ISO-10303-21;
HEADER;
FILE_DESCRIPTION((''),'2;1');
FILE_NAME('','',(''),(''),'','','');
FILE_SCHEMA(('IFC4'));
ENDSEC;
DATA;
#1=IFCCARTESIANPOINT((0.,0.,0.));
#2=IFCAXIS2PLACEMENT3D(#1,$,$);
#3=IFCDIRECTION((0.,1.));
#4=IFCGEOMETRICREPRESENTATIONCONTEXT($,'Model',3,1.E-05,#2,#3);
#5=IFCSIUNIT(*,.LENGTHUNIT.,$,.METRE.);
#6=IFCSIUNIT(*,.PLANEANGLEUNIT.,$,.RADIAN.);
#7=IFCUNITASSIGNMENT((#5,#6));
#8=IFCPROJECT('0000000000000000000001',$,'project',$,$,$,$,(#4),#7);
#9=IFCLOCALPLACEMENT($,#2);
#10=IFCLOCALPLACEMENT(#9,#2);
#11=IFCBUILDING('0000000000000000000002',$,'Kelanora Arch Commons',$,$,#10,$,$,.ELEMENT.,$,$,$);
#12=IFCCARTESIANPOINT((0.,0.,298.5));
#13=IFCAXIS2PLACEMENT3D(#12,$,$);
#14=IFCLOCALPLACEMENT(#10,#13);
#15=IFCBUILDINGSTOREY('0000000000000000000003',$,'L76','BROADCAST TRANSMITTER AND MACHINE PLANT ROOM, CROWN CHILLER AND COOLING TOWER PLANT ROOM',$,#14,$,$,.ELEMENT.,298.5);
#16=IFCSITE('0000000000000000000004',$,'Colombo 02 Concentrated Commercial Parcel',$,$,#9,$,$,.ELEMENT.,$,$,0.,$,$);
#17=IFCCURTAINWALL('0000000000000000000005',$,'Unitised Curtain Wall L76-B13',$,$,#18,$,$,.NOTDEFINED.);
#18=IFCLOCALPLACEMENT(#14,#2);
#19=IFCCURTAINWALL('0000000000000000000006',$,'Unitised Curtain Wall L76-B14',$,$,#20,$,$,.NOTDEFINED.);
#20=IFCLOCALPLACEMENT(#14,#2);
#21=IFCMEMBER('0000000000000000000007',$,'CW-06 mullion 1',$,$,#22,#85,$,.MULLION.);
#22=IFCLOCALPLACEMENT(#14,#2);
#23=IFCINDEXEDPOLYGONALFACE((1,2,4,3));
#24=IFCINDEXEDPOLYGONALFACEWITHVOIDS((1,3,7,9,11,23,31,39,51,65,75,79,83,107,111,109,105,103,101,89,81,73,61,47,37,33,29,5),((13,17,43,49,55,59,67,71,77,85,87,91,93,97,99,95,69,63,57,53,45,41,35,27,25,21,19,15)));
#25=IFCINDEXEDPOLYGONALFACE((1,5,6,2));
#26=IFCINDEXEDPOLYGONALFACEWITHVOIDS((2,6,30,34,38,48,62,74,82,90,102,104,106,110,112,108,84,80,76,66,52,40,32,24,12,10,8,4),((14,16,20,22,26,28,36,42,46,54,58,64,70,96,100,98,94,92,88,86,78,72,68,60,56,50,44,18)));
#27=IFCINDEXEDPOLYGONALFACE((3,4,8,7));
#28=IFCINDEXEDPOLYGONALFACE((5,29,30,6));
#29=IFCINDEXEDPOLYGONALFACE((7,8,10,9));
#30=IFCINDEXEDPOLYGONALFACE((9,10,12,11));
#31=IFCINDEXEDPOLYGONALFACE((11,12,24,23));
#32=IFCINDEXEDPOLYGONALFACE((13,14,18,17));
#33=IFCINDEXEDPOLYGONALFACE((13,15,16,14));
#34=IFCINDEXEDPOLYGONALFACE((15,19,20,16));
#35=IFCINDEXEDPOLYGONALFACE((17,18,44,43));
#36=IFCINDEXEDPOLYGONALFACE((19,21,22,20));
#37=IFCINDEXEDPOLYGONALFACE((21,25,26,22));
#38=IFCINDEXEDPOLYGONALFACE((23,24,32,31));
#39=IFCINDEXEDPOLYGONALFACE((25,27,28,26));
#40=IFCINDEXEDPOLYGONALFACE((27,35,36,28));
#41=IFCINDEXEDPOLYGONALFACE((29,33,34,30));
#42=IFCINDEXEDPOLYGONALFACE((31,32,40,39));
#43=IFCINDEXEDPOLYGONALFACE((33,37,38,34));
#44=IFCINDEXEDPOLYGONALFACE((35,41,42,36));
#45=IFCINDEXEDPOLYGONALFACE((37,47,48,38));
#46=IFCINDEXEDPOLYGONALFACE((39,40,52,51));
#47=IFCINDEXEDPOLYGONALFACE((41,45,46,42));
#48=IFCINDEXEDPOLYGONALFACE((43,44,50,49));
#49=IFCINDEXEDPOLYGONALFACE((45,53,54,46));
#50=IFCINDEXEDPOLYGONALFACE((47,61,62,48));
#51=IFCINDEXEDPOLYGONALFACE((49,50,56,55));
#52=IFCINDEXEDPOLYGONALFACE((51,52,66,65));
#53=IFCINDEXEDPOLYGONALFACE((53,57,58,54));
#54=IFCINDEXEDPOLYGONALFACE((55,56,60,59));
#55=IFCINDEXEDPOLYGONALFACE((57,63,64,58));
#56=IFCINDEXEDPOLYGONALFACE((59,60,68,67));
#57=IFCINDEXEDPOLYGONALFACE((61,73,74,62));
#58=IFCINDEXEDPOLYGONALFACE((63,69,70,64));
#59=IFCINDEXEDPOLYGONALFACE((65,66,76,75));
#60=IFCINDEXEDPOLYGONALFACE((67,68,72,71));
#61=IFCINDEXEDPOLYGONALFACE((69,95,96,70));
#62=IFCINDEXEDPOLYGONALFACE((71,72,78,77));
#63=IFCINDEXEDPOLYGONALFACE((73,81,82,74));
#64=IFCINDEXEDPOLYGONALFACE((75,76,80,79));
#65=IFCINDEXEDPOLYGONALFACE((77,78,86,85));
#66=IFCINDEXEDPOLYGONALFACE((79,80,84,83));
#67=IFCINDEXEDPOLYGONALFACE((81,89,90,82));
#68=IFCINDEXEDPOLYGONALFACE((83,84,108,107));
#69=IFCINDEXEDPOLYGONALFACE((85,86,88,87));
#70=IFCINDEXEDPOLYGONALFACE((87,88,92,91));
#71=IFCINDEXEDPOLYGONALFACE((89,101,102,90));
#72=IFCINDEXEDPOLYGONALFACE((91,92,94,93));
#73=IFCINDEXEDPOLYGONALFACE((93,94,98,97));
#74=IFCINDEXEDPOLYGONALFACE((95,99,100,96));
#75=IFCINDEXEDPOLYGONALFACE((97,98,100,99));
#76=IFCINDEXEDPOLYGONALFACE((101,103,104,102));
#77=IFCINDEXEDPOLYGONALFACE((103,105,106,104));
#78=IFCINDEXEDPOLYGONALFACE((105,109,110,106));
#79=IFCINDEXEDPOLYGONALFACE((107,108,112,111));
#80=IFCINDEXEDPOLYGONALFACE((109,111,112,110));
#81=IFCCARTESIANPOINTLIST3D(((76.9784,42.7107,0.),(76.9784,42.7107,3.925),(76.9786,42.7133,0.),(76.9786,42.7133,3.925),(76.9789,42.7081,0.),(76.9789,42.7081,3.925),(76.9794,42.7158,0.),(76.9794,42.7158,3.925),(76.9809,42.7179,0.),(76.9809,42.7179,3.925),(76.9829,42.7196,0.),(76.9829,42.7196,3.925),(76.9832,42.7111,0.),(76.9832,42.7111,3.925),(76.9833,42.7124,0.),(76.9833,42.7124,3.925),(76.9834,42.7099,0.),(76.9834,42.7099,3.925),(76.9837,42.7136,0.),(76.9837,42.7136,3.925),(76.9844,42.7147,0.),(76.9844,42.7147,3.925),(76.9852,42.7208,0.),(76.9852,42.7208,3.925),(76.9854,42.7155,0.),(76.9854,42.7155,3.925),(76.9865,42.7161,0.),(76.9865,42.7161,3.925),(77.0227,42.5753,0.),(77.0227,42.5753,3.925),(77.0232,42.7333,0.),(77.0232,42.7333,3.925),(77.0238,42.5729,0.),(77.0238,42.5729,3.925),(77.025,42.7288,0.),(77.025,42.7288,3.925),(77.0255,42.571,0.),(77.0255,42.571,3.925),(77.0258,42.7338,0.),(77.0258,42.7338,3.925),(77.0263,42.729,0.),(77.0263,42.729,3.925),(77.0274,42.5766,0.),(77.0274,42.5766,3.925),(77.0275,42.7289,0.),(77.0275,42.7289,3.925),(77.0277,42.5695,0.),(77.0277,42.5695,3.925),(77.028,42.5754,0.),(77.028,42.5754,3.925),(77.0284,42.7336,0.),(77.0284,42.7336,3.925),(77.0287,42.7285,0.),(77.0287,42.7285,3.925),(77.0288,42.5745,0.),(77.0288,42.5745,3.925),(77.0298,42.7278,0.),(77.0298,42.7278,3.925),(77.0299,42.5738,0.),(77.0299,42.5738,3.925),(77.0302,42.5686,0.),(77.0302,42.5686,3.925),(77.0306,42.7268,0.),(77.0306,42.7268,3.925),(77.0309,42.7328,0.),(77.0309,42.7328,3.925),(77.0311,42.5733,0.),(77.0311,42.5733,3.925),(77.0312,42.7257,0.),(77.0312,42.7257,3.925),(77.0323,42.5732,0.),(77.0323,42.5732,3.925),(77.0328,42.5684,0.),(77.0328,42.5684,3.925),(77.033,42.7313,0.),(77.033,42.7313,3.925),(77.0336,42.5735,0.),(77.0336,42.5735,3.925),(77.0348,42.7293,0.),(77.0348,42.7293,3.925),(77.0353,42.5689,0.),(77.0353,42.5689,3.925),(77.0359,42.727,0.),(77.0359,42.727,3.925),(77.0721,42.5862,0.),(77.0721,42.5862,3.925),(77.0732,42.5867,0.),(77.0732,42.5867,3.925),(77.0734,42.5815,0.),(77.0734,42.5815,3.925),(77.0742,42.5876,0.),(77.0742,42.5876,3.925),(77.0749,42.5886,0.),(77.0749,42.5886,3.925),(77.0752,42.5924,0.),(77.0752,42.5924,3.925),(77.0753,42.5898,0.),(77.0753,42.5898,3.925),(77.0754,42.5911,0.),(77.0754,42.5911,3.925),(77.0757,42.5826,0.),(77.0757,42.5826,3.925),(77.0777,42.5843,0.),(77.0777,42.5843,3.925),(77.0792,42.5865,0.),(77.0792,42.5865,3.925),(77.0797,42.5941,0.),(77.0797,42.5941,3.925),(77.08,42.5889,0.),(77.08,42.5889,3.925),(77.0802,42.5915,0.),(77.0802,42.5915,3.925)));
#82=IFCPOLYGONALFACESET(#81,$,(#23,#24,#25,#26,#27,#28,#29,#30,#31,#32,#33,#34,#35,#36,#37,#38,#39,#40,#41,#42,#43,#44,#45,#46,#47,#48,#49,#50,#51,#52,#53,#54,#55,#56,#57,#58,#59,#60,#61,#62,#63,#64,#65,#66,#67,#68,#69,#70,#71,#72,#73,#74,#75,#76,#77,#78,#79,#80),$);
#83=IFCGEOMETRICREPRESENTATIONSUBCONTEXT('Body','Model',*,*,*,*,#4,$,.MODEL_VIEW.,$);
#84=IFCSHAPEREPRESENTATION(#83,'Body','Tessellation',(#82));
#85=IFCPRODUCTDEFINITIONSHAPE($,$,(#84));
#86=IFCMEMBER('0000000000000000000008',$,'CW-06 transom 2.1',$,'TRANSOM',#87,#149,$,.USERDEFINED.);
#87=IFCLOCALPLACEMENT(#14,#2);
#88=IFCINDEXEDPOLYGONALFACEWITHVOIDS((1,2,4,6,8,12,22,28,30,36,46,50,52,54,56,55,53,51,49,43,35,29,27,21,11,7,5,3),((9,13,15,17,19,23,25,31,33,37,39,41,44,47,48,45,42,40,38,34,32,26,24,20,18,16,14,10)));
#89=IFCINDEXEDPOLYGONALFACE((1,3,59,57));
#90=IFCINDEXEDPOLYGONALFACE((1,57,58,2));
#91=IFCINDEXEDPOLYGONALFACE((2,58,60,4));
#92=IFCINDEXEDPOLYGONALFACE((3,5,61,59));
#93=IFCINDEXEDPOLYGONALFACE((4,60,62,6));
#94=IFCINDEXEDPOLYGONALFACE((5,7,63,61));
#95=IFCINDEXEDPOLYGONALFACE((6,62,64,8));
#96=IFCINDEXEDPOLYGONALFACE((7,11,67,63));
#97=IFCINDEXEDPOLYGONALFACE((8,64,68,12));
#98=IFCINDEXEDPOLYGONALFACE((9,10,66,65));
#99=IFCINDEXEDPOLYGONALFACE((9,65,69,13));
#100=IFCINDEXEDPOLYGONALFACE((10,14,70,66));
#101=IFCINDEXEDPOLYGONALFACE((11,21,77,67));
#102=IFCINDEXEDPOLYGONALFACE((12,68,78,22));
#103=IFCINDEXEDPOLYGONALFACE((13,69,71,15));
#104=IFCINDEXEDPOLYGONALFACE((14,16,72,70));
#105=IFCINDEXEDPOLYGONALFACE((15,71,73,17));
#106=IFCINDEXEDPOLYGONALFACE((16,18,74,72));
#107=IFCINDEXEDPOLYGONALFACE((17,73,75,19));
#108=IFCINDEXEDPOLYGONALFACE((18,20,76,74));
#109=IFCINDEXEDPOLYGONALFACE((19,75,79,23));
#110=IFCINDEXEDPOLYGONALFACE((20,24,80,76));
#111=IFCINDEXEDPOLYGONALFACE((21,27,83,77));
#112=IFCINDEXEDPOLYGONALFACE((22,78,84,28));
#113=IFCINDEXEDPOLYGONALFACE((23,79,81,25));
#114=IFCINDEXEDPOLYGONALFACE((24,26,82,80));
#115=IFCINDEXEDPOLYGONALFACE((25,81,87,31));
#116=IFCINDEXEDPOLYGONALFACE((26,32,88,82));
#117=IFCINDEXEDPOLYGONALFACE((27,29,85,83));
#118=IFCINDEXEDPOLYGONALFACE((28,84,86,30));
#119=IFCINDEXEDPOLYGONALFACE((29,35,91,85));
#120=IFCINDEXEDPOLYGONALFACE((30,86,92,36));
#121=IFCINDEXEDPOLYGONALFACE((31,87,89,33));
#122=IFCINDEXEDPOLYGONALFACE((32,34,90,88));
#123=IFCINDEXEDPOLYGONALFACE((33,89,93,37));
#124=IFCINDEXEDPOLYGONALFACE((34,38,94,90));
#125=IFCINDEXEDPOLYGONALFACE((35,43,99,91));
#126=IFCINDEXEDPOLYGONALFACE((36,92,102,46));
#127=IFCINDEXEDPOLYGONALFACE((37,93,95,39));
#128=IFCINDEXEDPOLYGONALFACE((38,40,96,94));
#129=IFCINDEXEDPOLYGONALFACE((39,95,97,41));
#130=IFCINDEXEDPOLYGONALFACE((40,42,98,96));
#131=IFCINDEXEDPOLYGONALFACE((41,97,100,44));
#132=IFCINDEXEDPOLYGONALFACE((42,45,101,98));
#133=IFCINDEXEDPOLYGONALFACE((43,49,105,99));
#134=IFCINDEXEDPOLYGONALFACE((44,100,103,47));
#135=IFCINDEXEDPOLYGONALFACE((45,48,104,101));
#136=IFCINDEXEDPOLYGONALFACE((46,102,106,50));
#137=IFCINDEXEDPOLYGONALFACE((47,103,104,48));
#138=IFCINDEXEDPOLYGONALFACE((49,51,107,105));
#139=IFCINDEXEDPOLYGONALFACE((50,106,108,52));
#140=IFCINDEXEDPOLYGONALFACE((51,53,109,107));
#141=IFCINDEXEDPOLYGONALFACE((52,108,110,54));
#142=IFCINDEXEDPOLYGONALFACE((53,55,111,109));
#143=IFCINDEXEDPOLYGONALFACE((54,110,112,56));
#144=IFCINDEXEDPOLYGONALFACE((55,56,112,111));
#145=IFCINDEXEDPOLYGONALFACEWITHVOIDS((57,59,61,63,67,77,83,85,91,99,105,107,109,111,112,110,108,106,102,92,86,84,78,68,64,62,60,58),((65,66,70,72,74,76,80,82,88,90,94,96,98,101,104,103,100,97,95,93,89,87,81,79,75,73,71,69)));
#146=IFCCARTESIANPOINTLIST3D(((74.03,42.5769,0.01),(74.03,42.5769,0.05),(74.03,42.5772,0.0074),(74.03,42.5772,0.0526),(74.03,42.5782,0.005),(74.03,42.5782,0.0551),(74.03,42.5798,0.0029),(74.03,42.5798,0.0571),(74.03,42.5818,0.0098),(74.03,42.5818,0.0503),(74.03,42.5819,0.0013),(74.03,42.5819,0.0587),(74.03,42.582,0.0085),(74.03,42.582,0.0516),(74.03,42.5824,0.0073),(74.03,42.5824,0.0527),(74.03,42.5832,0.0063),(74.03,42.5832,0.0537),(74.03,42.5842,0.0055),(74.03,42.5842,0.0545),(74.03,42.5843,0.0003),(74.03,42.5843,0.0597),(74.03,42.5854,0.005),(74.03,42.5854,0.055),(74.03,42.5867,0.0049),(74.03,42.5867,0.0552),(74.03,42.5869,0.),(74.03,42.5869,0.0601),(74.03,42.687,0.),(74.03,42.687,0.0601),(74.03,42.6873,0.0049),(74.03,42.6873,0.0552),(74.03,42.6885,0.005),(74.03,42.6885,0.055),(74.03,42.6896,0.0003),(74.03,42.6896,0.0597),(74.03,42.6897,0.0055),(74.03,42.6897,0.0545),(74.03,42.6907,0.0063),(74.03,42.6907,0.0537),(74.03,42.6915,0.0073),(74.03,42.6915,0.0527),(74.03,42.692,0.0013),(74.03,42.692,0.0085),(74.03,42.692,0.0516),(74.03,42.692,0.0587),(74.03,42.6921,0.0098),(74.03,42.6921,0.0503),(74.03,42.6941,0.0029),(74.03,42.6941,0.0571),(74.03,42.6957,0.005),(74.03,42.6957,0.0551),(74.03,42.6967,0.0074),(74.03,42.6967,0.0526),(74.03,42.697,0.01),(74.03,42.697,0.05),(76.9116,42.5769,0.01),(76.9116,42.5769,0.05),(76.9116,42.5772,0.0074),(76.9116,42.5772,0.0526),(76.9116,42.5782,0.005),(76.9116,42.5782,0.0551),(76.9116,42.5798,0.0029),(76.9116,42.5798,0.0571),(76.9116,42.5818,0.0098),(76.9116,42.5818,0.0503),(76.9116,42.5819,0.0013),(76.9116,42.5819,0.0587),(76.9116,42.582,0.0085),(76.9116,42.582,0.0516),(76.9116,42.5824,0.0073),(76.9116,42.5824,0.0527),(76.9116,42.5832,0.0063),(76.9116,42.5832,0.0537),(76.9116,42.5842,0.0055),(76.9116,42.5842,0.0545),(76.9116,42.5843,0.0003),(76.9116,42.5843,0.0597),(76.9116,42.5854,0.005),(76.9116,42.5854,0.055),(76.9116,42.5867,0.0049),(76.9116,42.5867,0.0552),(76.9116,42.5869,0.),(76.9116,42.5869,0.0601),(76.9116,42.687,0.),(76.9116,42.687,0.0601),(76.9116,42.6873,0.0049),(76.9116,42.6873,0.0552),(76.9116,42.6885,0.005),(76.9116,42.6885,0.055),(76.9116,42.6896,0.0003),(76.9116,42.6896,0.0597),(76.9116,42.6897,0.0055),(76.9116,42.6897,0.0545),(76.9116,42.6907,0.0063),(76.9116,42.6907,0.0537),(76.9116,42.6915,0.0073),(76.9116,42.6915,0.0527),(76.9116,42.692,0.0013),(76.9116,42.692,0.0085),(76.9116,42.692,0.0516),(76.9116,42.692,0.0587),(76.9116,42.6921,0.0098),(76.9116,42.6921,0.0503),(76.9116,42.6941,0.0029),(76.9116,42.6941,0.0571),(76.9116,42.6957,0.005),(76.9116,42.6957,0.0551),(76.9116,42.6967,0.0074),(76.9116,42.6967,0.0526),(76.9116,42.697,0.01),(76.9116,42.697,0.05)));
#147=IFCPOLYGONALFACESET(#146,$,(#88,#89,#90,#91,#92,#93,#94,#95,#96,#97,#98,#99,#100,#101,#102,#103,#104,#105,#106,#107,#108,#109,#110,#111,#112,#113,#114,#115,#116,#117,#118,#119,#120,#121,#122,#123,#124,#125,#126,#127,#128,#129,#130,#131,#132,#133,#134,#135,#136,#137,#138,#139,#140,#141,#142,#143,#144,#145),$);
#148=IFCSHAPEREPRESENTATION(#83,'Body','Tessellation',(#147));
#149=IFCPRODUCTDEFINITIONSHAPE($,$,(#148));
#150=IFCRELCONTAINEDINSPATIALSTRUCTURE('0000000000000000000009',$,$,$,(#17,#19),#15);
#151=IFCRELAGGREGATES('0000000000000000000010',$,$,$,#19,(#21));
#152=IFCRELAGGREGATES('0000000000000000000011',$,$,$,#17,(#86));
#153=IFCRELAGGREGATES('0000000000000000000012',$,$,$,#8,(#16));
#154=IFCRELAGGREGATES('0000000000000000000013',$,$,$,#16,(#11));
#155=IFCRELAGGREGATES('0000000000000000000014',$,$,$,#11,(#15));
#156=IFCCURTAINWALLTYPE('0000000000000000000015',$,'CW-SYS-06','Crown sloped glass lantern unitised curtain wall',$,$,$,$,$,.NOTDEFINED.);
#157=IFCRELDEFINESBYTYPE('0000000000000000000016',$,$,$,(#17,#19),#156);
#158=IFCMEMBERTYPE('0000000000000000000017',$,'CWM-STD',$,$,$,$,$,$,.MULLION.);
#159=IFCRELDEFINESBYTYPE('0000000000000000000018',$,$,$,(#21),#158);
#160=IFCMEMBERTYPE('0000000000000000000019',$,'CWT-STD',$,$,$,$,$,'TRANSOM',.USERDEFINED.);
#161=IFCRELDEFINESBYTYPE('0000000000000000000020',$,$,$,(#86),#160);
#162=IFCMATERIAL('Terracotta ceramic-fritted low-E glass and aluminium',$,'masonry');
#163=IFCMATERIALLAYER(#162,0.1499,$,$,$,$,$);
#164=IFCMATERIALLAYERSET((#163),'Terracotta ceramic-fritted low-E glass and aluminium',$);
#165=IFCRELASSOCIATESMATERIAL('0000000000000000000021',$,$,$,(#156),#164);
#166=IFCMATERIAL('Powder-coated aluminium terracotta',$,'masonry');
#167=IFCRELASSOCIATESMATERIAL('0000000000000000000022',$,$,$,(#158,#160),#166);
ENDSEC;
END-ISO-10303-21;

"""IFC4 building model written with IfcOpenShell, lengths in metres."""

from ifc_helpers import new_model, si_unit, direction, frame, origin, origin_2d, place, context, subcontext, project, spatial, hollow_rectangle, extrude, material, layer, layer_set, material_profile, profile_set, type_object, element, aggregate, save


model = new_model("IFC4")

# Units and contexts
model_context = context("Model", 3, precision=1e-05, world=origin(), true_north=direction((0.0, 1.0)))
body_context = subcontext(model_context, "Body", "Model", "MODEL_VIEW")
ifc_project = project(units=[si_unit("LENGTHUNIT", "METRE"), si_unit("PLANEANGLEUNIT", "RADIAN")], contexts=[model_context])

# Site, building, storey
site_placement = place(None, origin())
site = spatial("IfcSite", under=ifc_project, at=site_placement, Name="Colombo 02 Concentrated Commercial Parcel", CompositionType="ELEMENT", RefElevation=0.0)
building_placement = place(site_placement, origin())
building = spatial("IfcBuilding", under=site, at=building_placement, Name="Kelanora Arch Commons", CompositionType="ELEMENT")
storey_placement = place(building_placement, frame((0.0, 0.0, 298.5)))
storey = spatial("IfcBuildingStorey", under=building, at=storey_placement, Name="L76", Description="BROADCAST TRANSMITTER AND MACHINE PLANT ROOM, CROWN CHILLER AND COOLING TOWER PLANT ROOM", CompositionType="ELEMENT", Elevation=298.5)

# Curtain wall
ifc_material_1 = material(Name="Terracotta ceramic-fritted low-E glass and aluminium", Category="masonry")
ifc_layer_1 = layer(ifc_material_1, 0.1499)
ifc_layer_set_1 = layer_set([ifc_layer_1], Name="Terracotta ceramic-fritted low-E glass and aluminium")
curtain_wall_type = type_object("IfcCurtainWallType", Name="CW-SYS-06", Description="Crown sloped glass lantern unitised curtain wall", PredefinedType="NOTDEFINED", material=ifc_layer_set_1)
curtain_wall_1_placement = place(storey_placement, origin())
curtain_wall_1 = element("IfcCurtainWall", 1, at=curtain_wall_1_placement, inside=storey, type_object=curtain_wall_type, Name="Unitised Curtain Wall L76-B13", PredefinedType="NOTDEFINED")
ifc_material_2 = material(Name="Powder-coated aluminium terracotta", Category="masonry")
ifc_material_profile_1 = material_profile(ifc_material_2, hollow_rectangle(XDim=0.1599, YDim=0.0601, WallThickness=0.0049, InnerFilletRadius=0.0049, OuterFilletRadius=0.01, at=origin_2d()), Name="CWM160x60")
ifc_profile_set_1 = profile_set([ifc_material_profile_1], Name="Powder-coated aluminium terracotta")
member_type_1 = type_object("IfcMemberType", Name="CWM-STD", PredefinedType="MULLION", material=ifc_profile_set_1)

# Curtain wall, member
curtain_wall_2_placement = place(storey_placement, origin())
curtain_wall_2 = element("IfcCurtainWall", 2, at=curtain_wall_2_placement, inside=storey, type_object=curtain_wall_type, Name="Unitised Curtain Wall L76-B14", PredefinedType="NOTDEFINED")
member_1_placement = place(storey_placement, frame((77.0293, 42.6511, 0.0), z_axis=(0.0, 0.0, 1.0), x_axis=(-0.313467, 0.949599, 0.0)))
member_1 = element("IfcMember", 3, at=member_1_placement, type_object=member_type_1, Name="CW-06 mullion 1", PredefinedType="MULLION", context=body_context, shape_type="SweptSolid", body=[
    extrude(hollow_rectangle(XDim=0.1599, YDim=0.0601, WallThickness=0.0049, InnerFilletRadius=0.0049, OuterFilletRadius=0.01, at=origin_2d()), origin(), (0.0, 0.0, 1.0), 3.925),
])

# Member
ifc_material_profile_2 = material_profile(ifc_material_2, hollow_rectangle(XDim=0.1201, YDim=0.0601, WallThickness=0.0049, InnerFilletRadius=0.0049, OuterFilletRadius=0.01, at=origin_2d()), Name="CWT120x60")
ifc_profile_set_2 = profile_set([ifc_material_profile_2], Name="Powder-coated aluminium terracotta")
member_type_2 = type_object("IfcMemberType", Name="CWT-STD", ElementType="TRANSOM", PredefinedType="USERDEFINED", material=ifc_profile_set_2)
member_2_placement = place(storey_placement, frame((74.03, 42.637, 0.03), z_axis=(1.0, 0.0, 0.0), x_axis=(0.0, 1.0, 0.0)))
member_2 = element("IfcMember", 4, at=member_2_placement, type_object=member_type_2, Name="CW-06 transom 2.1", ObjectType="TRANSOM", PredefinedType="USERDEFINED", context=body_context, shape_type="SweptSolid", body=[
    extrude(hollow_rectangle(XDim=0.1201, YDim=0.0601, WallThickness=0.0049, InnerFilletRadius=0.0049, OuterFilletRadius=0.01, at=origin_2d()), origin(), (0.0, 0.0, 1.0), 2.8816),
])

aggregate(curtain_wall_2, [member_1])
aggregate(curtain_wall_1, [member_2])

save(model, "model.ifc")
